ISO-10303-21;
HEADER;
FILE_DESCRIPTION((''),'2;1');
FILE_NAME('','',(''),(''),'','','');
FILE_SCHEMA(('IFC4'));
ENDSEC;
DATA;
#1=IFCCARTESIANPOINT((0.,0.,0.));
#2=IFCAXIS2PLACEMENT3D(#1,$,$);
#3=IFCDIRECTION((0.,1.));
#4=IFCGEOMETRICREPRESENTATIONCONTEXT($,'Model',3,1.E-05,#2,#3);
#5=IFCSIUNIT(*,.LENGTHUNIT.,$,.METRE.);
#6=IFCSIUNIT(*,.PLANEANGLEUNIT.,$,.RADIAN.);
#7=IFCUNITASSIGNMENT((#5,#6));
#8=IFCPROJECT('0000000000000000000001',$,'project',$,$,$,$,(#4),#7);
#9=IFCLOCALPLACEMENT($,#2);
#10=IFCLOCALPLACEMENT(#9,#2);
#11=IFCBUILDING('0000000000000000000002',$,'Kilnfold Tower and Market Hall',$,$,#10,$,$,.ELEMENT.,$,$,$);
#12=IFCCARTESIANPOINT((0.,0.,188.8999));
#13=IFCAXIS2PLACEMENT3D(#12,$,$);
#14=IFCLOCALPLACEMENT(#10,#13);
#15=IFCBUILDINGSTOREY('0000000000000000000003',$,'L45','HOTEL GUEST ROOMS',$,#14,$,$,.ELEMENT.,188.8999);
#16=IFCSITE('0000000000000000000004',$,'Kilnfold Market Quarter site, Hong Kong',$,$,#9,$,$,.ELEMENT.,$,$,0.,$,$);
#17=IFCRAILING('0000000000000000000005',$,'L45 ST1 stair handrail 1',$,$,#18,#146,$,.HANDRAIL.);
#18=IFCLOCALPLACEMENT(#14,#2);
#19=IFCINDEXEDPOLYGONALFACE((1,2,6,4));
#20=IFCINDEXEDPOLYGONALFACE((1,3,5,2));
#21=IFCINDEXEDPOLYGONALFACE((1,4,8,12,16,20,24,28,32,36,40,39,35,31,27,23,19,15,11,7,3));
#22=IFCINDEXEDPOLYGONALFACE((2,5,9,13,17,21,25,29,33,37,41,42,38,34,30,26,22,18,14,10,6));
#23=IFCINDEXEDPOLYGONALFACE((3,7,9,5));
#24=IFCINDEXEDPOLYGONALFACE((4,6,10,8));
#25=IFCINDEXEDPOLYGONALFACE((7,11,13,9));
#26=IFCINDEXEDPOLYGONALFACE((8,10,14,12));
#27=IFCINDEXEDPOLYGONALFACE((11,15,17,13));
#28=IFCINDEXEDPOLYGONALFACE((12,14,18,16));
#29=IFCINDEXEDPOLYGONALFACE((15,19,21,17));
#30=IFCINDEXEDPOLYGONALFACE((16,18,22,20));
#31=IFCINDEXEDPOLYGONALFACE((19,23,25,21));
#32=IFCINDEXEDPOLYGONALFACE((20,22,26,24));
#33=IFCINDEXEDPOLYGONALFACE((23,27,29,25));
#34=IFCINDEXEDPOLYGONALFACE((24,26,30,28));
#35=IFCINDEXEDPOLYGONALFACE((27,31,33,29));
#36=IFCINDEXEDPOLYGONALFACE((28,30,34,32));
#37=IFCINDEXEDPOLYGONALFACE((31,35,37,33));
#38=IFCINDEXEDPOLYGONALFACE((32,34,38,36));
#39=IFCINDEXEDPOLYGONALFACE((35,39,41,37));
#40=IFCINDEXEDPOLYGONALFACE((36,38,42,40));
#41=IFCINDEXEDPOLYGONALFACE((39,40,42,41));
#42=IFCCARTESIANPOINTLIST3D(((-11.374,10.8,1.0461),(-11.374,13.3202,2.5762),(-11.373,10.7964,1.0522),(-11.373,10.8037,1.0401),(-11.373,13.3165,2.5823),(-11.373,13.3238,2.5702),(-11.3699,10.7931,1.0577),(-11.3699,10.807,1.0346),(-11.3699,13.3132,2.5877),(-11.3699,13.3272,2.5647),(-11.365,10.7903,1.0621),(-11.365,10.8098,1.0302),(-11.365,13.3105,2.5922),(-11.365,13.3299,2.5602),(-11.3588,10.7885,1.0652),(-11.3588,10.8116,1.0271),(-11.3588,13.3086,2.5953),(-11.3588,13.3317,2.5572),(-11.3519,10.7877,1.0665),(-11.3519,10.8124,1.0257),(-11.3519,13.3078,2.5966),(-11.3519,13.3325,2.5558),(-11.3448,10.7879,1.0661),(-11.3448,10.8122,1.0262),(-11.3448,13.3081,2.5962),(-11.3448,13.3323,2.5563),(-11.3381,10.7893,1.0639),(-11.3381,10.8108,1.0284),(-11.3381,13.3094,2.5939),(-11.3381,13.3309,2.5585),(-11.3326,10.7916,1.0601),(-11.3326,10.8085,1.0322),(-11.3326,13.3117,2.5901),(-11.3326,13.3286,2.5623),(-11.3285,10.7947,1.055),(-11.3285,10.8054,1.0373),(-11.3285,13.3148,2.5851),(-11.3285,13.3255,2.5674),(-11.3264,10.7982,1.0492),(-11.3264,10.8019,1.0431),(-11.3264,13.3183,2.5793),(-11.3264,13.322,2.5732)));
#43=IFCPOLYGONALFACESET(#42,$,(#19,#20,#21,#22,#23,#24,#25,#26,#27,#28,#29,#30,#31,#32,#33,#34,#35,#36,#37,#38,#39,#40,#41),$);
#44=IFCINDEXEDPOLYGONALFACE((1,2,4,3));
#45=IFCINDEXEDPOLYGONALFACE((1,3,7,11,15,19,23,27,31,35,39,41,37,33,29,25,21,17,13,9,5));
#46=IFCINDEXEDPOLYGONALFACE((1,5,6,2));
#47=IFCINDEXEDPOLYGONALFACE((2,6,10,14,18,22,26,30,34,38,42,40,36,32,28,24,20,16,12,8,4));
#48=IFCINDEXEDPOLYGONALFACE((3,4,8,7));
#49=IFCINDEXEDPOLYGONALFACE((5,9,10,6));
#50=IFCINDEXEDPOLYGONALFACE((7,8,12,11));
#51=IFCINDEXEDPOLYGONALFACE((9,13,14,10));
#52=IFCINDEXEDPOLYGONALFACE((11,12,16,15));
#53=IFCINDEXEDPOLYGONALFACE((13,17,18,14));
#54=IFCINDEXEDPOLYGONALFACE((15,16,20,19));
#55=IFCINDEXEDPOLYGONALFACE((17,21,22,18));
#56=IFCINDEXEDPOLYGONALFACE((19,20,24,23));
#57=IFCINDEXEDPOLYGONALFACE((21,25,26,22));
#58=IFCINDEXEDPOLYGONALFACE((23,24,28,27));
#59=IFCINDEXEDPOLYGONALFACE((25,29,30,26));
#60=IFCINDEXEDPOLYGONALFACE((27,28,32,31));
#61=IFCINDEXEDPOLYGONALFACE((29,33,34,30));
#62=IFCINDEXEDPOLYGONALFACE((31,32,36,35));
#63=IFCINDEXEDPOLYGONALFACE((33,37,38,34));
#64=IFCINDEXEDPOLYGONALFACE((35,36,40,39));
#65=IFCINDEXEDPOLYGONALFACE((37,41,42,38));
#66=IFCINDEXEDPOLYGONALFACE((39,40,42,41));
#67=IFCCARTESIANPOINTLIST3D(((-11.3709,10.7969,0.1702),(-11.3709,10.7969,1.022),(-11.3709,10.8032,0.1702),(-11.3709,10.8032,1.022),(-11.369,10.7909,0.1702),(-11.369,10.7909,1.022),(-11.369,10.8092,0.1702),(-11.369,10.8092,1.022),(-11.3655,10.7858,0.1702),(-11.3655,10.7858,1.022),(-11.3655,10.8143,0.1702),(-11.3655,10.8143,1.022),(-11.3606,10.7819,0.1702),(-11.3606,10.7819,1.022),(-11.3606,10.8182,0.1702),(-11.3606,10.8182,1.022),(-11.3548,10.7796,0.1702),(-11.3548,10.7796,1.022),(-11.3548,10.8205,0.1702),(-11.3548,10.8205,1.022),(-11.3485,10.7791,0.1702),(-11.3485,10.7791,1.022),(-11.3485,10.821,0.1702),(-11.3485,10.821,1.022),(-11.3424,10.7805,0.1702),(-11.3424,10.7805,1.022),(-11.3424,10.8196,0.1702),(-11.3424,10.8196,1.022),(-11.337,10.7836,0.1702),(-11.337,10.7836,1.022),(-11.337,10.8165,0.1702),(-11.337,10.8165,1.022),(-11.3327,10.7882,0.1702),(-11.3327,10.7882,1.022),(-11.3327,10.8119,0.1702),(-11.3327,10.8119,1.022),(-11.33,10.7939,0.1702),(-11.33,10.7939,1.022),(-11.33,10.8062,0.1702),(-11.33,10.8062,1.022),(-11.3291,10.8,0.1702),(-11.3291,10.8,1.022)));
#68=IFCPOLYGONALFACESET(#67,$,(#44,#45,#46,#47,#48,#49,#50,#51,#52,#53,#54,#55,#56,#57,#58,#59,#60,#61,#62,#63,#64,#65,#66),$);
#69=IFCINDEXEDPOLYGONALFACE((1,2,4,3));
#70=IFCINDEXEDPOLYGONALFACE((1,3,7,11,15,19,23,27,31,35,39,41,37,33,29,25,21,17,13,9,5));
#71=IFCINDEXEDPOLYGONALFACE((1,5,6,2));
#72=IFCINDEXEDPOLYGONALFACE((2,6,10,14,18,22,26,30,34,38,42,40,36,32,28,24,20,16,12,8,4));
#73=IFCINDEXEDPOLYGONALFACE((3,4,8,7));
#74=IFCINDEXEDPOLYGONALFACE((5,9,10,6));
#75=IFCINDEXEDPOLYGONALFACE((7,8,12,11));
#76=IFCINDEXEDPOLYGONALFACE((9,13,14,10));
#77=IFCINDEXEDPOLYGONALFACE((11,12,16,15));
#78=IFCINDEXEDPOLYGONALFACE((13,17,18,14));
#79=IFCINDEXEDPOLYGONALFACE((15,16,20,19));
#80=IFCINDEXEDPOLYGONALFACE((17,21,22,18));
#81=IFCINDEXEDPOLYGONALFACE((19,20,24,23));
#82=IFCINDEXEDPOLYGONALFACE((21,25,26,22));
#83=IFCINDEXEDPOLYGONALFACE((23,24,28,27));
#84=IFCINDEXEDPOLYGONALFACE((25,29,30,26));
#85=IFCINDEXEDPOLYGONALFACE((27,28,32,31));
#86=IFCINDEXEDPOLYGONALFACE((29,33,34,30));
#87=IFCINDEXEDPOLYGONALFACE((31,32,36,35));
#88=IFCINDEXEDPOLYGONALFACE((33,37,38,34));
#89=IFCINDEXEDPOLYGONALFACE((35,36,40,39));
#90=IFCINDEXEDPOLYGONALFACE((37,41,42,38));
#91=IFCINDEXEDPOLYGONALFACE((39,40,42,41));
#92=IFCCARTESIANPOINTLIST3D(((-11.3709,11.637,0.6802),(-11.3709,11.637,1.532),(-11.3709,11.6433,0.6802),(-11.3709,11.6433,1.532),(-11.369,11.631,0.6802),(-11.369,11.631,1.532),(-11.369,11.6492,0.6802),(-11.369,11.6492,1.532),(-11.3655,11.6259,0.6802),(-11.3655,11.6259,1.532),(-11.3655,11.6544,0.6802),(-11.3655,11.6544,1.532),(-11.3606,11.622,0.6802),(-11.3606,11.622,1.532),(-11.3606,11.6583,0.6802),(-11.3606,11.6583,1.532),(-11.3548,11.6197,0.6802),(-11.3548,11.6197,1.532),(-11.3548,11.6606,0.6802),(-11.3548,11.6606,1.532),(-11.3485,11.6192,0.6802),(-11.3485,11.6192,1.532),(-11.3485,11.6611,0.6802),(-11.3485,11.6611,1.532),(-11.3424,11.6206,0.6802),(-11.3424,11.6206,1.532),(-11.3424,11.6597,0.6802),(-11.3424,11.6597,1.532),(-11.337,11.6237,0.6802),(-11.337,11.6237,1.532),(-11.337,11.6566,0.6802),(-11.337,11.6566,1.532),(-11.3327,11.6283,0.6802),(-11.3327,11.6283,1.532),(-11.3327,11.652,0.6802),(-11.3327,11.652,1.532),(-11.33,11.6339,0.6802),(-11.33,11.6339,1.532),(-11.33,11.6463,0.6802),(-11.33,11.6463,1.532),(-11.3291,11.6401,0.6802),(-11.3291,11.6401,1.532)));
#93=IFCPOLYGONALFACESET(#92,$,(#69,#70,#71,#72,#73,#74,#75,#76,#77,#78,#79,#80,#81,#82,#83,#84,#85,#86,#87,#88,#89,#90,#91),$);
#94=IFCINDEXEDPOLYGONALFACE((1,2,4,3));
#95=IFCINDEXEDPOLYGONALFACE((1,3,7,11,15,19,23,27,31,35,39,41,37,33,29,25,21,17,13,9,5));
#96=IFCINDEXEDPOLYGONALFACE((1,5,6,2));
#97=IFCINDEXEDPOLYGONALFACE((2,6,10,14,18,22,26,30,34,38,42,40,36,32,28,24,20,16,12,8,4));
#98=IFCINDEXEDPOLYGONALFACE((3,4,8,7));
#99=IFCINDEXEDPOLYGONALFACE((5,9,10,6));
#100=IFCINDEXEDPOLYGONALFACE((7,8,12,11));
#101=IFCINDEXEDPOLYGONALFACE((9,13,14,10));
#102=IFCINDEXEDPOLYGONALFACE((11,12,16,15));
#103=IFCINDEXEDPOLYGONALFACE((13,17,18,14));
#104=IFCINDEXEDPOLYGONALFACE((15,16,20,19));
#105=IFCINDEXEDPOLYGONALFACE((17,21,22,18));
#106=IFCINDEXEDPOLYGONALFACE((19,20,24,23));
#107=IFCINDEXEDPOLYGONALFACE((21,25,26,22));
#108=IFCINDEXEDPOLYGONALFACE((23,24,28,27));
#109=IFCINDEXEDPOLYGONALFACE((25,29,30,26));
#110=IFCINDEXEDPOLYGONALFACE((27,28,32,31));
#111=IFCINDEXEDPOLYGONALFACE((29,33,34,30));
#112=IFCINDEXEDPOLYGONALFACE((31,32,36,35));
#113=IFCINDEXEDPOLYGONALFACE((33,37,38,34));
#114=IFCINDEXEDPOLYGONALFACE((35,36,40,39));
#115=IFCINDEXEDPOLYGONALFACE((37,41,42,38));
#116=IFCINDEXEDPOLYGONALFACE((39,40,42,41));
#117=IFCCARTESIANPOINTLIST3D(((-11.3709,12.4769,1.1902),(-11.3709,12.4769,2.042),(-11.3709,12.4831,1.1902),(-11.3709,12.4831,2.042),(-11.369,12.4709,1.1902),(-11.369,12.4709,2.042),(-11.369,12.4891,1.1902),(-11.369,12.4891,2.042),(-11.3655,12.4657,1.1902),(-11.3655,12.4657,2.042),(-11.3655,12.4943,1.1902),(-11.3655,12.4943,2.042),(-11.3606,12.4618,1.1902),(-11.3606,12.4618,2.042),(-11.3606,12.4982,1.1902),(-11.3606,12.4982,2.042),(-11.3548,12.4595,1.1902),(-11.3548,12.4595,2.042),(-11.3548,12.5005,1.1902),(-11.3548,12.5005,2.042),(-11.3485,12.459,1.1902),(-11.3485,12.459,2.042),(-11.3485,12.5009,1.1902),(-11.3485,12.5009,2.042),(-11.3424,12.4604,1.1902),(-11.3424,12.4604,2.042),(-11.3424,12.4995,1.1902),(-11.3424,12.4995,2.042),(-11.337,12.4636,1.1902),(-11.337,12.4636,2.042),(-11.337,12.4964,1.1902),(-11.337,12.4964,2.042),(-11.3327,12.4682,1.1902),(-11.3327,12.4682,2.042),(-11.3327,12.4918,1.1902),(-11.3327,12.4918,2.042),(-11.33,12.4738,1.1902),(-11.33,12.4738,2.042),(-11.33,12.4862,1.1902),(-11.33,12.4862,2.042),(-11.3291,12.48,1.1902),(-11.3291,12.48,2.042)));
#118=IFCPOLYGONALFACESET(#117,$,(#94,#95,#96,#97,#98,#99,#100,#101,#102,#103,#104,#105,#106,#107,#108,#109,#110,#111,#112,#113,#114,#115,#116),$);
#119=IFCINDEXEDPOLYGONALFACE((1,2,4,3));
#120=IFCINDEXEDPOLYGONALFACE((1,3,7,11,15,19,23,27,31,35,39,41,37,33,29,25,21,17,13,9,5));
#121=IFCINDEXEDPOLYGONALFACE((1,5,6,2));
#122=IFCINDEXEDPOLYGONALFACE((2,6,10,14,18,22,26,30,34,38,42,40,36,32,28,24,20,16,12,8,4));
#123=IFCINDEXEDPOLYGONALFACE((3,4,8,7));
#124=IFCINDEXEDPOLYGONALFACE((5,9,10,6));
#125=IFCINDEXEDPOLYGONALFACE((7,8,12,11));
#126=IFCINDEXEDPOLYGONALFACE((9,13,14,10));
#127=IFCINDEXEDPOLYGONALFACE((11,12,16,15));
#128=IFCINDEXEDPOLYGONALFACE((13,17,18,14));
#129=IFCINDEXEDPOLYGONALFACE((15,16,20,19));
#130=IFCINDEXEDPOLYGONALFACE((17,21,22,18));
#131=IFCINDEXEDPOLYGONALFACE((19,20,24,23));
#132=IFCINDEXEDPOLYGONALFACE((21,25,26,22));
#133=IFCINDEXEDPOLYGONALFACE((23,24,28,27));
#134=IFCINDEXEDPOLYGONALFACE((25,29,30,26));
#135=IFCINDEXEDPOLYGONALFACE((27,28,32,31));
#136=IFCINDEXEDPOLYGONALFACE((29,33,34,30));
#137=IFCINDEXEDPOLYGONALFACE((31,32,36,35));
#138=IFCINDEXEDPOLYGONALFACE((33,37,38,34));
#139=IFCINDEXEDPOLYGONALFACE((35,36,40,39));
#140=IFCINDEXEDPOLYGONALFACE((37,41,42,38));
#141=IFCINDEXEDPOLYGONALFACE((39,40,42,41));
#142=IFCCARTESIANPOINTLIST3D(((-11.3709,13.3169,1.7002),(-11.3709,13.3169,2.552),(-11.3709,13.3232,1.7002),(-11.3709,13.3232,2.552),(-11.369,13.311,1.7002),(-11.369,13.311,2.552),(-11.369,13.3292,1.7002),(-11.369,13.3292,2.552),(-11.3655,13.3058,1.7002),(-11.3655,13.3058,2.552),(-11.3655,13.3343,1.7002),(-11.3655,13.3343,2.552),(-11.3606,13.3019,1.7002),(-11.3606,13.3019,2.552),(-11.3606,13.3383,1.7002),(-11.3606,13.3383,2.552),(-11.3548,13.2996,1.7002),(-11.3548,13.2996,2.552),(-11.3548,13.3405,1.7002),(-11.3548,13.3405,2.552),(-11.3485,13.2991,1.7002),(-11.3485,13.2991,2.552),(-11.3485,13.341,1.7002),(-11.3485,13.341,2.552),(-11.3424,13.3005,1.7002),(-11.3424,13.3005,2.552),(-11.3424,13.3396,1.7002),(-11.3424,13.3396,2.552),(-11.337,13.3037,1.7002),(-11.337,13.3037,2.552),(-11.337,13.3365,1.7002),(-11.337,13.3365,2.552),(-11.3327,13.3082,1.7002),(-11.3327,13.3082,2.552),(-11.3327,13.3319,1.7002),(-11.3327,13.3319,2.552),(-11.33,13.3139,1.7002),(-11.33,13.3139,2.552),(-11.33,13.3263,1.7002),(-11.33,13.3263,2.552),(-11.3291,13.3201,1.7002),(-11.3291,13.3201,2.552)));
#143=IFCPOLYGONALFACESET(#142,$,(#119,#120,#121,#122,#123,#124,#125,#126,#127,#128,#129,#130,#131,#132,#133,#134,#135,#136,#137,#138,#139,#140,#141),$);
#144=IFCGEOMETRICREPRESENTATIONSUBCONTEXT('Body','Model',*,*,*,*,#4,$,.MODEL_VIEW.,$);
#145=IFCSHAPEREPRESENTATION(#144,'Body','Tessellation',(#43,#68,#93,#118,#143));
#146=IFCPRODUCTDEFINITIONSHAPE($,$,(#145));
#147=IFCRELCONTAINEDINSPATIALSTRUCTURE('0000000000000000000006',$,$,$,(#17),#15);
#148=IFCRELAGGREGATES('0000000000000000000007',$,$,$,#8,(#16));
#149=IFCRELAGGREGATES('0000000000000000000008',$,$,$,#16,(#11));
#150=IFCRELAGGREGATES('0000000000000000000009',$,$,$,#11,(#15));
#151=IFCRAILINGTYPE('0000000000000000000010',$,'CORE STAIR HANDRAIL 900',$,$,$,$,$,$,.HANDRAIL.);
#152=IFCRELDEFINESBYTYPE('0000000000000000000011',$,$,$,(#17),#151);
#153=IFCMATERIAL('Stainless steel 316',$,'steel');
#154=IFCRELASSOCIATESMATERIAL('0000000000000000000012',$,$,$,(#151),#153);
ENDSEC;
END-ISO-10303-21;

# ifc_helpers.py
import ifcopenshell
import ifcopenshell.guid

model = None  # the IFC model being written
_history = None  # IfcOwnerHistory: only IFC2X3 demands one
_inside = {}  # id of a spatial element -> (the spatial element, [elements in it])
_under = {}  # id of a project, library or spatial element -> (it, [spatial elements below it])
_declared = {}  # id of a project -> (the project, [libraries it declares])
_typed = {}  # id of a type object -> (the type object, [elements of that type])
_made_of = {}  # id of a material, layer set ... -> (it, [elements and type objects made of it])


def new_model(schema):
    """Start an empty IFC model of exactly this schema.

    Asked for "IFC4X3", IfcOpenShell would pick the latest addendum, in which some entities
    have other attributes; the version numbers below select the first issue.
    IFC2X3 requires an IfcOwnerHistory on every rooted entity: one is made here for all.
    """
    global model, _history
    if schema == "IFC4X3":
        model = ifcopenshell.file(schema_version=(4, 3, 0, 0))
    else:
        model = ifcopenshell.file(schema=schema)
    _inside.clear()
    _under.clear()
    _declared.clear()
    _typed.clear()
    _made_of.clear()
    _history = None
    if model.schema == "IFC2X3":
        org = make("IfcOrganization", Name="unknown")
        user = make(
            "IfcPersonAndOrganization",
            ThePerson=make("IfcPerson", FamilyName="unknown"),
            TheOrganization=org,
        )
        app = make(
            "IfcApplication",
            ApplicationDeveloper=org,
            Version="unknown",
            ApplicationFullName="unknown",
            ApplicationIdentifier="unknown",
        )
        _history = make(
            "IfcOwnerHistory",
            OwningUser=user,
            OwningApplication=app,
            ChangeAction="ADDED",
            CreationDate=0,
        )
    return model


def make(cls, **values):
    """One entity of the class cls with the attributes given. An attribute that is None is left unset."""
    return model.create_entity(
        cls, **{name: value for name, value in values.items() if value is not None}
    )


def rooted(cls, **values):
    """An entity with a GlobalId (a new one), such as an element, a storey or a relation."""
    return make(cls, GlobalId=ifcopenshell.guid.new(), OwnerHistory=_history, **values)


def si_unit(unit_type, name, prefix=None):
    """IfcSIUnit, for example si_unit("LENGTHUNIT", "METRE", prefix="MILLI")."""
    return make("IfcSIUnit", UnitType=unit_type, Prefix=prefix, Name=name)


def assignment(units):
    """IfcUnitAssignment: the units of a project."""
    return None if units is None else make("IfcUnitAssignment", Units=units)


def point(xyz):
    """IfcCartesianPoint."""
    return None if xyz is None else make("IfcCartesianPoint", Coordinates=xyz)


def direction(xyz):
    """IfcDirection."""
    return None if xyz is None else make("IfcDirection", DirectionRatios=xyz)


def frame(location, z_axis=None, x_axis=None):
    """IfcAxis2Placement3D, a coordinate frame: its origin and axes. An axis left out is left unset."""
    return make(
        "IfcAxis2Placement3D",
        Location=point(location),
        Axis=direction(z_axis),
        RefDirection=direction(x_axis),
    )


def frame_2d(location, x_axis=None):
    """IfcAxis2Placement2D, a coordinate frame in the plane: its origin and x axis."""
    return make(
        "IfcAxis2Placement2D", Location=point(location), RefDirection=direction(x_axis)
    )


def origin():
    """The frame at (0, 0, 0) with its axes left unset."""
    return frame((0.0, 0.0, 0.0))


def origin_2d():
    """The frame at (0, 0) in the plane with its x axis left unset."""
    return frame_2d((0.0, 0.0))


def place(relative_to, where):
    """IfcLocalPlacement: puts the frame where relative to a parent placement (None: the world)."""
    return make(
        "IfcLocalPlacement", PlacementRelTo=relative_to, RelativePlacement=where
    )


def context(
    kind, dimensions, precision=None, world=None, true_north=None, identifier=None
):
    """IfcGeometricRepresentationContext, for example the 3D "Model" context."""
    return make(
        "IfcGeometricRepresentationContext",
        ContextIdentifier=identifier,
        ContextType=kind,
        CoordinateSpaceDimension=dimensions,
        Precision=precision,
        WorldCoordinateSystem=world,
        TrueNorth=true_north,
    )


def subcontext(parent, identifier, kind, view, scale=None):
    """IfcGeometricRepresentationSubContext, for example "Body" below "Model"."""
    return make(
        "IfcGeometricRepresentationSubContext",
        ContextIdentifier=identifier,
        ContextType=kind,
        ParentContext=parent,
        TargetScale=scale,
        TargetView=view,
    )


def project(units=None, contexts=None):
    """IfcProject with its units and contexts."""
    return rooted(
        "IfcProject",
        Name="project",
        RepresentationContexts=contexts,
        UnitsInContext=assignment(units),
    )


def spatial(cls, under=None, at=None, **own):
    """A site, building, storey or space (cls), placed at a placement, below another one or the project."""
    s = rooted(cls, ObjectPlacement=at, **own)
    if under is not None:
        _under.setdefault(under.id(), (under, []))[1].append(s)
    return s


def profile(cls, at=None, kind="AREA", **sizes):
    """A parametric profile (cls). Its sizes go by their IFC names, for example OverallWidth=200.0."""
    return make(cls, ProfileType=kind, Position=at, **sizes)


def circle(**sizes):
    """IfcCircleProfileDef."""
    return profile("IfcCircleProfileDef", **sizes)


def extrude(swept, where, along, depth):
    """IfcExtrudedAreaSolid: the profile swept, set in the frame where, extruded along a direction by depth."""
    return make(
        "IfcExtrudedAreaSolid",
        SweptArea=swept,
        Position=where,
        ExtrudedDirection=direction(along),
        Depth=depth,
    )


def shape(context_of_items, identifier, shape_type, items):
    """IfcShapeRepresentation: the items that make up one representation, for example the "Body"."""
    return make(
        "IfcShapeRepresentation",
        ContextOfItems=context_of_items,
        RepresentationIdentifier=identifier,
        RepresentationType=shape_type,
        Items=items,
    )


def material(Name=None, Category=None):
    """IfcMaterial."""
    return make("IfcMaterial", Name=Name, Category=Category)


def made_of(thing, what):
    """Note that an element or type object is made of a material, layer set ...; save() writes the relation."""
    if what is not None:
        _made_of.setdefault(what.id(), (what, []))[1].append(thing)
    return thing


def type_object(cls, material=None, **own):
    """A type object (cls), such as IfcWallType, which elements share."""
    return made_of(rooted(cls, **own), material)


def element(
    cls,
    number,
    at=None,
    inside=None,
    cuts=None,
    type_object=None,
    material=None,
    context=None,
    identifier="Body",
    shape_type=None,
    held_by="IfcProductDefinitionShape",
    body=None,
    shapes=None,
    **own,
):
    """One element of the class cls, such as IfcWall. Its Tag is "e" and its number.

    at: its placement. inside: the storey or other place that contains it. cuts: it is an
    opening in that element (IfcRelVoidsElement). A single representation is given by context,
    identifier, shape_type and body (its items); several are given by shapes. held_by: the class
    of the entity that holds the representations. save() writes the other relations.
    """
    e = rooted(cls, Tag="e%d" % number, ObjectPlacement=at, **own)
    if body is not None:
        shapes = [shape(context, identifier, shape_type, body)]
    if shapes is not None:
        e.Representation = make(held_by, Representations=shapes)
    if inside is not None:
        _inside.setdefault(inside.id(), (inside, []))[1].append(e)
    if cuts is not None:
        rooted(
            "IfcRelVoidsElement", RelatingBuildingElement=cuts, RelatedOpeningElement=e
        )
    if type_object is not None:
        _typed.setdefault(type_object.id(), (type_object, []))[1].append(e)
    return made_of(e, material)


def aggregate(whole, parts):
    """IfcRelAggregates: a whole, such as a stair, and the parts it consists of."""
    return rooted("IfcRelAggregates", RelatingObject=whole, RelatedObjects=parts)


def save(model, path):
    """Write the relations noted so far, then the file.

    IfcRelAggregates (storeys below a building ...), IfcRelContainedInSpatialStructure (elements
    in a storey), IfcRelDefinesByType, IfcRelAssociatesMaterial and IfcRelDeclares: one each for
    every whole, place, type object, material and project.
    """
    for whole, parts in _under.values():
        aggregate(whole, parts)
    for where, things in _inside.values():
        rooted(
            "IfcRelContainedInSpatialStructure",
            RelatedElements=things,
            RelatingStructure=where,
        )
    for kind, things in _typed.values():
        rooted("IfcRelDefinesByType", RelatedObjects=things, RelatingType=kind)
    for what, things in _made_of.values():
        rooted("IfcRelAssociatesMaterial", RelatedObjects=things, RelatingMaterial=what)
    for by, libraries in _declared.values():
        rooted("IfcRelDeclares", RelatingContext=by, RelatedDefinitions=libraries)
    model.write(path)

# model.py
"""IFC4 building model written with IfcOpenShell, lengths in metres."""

from ifc_helpers import new_model, si_unit, direction, frame, origin, origin_2d, place, context, subcontext, project, spatial, circle, extrude, material, type_object, element, save


model = new_model("IFC4")

# Units and contexts
model_context = context("Model", 3, precision=1e-05, world=origin(), true_north=direction((0.0, 1.0)))
body_context = subcontext(model_context, "Body", "Model", "MODEL_VIEW")
ifc_project = project(units=[si_unit("LENGTHUNIT", "METRE"), si_unit("PLANEANGLEUNIT", "RADIAN")], contexts=[model_context])

# Site, building, storey
site_placement = place(None, origin())
site = spatial("IfcSite", under=ifc_project, at=site_placement, Name="Kilnfold Market Quarter site, Hong Kong", CompositionType="ELEMENT", RefElevation=0.0)
building_placement = place(site_placement, origin())
building = spatial("IfcBuilding", under=site, at=building_placement, Name="Kilnfold Tower and Market Hall", CompositionType="ELEMENT")
storey_placement = place(building_placement, frame((0.0, 0.0, 188.8999)))
storey = spatial("IfcBuildingStorey", under=building, at=storey_placement, Name="L45", Description="HOTEL GUEST ROOMS", CompositionType="ELEMENT", Elevation=188.8999)

# Railing
ifc_material_1 = material(Name="Stainless steel 316", Category="steel")
railing_type_1 = type_object("IfcRailingType", Name="CORE STAIR HANDRAIL 900", PredefinedType="HANDRAIL", material=ifc_material_1)
railing_1_placement = place(storey_placement, frame((-11.3501, 10.8, 0.1702)))
element("IfcRailing", 1, at=railing_1_placement, inside=storey, type_object=railing_type_1, Name="L45 ST1 stair handrail 1", PredefinedType="HANDRAIL", context=body_context, shape_type="SweptSolid", body=[
    extrude(circle(Radius=0.0239, at=origin_2d()), frame((0.0, 0.0, 0.876), z_axis=(0.0, 0.854785, 0.518982), x_axis=(-1.0, 0.0, 0.0)), (0.0, 0.0, 1.0), 2.9482),
    extrude(circle(Radius=0.021, at=origin_2d()), origin(), (0.0, 0.0, 1.0), 0.8518),
    extrude(circle(Radius=0.021, at=origin_2d()), frame((0.0, 0.8401, 0.51)), (0.0, 0.0, 1.0), 0.8518),
    extrude(circle(Radius=0.021, at=origin_2d()), frame((0.0, 1.6799, 1.02)), (0.0, 0.0, 1.0), 0.8518),
    extrude(circle(Radius=0.021, at=origin_2d()), frame((0.0, 2.52, 1.53)), (0.0, 0.0, 1.0), 0.8518),
])

save(model, "model.ifc")
